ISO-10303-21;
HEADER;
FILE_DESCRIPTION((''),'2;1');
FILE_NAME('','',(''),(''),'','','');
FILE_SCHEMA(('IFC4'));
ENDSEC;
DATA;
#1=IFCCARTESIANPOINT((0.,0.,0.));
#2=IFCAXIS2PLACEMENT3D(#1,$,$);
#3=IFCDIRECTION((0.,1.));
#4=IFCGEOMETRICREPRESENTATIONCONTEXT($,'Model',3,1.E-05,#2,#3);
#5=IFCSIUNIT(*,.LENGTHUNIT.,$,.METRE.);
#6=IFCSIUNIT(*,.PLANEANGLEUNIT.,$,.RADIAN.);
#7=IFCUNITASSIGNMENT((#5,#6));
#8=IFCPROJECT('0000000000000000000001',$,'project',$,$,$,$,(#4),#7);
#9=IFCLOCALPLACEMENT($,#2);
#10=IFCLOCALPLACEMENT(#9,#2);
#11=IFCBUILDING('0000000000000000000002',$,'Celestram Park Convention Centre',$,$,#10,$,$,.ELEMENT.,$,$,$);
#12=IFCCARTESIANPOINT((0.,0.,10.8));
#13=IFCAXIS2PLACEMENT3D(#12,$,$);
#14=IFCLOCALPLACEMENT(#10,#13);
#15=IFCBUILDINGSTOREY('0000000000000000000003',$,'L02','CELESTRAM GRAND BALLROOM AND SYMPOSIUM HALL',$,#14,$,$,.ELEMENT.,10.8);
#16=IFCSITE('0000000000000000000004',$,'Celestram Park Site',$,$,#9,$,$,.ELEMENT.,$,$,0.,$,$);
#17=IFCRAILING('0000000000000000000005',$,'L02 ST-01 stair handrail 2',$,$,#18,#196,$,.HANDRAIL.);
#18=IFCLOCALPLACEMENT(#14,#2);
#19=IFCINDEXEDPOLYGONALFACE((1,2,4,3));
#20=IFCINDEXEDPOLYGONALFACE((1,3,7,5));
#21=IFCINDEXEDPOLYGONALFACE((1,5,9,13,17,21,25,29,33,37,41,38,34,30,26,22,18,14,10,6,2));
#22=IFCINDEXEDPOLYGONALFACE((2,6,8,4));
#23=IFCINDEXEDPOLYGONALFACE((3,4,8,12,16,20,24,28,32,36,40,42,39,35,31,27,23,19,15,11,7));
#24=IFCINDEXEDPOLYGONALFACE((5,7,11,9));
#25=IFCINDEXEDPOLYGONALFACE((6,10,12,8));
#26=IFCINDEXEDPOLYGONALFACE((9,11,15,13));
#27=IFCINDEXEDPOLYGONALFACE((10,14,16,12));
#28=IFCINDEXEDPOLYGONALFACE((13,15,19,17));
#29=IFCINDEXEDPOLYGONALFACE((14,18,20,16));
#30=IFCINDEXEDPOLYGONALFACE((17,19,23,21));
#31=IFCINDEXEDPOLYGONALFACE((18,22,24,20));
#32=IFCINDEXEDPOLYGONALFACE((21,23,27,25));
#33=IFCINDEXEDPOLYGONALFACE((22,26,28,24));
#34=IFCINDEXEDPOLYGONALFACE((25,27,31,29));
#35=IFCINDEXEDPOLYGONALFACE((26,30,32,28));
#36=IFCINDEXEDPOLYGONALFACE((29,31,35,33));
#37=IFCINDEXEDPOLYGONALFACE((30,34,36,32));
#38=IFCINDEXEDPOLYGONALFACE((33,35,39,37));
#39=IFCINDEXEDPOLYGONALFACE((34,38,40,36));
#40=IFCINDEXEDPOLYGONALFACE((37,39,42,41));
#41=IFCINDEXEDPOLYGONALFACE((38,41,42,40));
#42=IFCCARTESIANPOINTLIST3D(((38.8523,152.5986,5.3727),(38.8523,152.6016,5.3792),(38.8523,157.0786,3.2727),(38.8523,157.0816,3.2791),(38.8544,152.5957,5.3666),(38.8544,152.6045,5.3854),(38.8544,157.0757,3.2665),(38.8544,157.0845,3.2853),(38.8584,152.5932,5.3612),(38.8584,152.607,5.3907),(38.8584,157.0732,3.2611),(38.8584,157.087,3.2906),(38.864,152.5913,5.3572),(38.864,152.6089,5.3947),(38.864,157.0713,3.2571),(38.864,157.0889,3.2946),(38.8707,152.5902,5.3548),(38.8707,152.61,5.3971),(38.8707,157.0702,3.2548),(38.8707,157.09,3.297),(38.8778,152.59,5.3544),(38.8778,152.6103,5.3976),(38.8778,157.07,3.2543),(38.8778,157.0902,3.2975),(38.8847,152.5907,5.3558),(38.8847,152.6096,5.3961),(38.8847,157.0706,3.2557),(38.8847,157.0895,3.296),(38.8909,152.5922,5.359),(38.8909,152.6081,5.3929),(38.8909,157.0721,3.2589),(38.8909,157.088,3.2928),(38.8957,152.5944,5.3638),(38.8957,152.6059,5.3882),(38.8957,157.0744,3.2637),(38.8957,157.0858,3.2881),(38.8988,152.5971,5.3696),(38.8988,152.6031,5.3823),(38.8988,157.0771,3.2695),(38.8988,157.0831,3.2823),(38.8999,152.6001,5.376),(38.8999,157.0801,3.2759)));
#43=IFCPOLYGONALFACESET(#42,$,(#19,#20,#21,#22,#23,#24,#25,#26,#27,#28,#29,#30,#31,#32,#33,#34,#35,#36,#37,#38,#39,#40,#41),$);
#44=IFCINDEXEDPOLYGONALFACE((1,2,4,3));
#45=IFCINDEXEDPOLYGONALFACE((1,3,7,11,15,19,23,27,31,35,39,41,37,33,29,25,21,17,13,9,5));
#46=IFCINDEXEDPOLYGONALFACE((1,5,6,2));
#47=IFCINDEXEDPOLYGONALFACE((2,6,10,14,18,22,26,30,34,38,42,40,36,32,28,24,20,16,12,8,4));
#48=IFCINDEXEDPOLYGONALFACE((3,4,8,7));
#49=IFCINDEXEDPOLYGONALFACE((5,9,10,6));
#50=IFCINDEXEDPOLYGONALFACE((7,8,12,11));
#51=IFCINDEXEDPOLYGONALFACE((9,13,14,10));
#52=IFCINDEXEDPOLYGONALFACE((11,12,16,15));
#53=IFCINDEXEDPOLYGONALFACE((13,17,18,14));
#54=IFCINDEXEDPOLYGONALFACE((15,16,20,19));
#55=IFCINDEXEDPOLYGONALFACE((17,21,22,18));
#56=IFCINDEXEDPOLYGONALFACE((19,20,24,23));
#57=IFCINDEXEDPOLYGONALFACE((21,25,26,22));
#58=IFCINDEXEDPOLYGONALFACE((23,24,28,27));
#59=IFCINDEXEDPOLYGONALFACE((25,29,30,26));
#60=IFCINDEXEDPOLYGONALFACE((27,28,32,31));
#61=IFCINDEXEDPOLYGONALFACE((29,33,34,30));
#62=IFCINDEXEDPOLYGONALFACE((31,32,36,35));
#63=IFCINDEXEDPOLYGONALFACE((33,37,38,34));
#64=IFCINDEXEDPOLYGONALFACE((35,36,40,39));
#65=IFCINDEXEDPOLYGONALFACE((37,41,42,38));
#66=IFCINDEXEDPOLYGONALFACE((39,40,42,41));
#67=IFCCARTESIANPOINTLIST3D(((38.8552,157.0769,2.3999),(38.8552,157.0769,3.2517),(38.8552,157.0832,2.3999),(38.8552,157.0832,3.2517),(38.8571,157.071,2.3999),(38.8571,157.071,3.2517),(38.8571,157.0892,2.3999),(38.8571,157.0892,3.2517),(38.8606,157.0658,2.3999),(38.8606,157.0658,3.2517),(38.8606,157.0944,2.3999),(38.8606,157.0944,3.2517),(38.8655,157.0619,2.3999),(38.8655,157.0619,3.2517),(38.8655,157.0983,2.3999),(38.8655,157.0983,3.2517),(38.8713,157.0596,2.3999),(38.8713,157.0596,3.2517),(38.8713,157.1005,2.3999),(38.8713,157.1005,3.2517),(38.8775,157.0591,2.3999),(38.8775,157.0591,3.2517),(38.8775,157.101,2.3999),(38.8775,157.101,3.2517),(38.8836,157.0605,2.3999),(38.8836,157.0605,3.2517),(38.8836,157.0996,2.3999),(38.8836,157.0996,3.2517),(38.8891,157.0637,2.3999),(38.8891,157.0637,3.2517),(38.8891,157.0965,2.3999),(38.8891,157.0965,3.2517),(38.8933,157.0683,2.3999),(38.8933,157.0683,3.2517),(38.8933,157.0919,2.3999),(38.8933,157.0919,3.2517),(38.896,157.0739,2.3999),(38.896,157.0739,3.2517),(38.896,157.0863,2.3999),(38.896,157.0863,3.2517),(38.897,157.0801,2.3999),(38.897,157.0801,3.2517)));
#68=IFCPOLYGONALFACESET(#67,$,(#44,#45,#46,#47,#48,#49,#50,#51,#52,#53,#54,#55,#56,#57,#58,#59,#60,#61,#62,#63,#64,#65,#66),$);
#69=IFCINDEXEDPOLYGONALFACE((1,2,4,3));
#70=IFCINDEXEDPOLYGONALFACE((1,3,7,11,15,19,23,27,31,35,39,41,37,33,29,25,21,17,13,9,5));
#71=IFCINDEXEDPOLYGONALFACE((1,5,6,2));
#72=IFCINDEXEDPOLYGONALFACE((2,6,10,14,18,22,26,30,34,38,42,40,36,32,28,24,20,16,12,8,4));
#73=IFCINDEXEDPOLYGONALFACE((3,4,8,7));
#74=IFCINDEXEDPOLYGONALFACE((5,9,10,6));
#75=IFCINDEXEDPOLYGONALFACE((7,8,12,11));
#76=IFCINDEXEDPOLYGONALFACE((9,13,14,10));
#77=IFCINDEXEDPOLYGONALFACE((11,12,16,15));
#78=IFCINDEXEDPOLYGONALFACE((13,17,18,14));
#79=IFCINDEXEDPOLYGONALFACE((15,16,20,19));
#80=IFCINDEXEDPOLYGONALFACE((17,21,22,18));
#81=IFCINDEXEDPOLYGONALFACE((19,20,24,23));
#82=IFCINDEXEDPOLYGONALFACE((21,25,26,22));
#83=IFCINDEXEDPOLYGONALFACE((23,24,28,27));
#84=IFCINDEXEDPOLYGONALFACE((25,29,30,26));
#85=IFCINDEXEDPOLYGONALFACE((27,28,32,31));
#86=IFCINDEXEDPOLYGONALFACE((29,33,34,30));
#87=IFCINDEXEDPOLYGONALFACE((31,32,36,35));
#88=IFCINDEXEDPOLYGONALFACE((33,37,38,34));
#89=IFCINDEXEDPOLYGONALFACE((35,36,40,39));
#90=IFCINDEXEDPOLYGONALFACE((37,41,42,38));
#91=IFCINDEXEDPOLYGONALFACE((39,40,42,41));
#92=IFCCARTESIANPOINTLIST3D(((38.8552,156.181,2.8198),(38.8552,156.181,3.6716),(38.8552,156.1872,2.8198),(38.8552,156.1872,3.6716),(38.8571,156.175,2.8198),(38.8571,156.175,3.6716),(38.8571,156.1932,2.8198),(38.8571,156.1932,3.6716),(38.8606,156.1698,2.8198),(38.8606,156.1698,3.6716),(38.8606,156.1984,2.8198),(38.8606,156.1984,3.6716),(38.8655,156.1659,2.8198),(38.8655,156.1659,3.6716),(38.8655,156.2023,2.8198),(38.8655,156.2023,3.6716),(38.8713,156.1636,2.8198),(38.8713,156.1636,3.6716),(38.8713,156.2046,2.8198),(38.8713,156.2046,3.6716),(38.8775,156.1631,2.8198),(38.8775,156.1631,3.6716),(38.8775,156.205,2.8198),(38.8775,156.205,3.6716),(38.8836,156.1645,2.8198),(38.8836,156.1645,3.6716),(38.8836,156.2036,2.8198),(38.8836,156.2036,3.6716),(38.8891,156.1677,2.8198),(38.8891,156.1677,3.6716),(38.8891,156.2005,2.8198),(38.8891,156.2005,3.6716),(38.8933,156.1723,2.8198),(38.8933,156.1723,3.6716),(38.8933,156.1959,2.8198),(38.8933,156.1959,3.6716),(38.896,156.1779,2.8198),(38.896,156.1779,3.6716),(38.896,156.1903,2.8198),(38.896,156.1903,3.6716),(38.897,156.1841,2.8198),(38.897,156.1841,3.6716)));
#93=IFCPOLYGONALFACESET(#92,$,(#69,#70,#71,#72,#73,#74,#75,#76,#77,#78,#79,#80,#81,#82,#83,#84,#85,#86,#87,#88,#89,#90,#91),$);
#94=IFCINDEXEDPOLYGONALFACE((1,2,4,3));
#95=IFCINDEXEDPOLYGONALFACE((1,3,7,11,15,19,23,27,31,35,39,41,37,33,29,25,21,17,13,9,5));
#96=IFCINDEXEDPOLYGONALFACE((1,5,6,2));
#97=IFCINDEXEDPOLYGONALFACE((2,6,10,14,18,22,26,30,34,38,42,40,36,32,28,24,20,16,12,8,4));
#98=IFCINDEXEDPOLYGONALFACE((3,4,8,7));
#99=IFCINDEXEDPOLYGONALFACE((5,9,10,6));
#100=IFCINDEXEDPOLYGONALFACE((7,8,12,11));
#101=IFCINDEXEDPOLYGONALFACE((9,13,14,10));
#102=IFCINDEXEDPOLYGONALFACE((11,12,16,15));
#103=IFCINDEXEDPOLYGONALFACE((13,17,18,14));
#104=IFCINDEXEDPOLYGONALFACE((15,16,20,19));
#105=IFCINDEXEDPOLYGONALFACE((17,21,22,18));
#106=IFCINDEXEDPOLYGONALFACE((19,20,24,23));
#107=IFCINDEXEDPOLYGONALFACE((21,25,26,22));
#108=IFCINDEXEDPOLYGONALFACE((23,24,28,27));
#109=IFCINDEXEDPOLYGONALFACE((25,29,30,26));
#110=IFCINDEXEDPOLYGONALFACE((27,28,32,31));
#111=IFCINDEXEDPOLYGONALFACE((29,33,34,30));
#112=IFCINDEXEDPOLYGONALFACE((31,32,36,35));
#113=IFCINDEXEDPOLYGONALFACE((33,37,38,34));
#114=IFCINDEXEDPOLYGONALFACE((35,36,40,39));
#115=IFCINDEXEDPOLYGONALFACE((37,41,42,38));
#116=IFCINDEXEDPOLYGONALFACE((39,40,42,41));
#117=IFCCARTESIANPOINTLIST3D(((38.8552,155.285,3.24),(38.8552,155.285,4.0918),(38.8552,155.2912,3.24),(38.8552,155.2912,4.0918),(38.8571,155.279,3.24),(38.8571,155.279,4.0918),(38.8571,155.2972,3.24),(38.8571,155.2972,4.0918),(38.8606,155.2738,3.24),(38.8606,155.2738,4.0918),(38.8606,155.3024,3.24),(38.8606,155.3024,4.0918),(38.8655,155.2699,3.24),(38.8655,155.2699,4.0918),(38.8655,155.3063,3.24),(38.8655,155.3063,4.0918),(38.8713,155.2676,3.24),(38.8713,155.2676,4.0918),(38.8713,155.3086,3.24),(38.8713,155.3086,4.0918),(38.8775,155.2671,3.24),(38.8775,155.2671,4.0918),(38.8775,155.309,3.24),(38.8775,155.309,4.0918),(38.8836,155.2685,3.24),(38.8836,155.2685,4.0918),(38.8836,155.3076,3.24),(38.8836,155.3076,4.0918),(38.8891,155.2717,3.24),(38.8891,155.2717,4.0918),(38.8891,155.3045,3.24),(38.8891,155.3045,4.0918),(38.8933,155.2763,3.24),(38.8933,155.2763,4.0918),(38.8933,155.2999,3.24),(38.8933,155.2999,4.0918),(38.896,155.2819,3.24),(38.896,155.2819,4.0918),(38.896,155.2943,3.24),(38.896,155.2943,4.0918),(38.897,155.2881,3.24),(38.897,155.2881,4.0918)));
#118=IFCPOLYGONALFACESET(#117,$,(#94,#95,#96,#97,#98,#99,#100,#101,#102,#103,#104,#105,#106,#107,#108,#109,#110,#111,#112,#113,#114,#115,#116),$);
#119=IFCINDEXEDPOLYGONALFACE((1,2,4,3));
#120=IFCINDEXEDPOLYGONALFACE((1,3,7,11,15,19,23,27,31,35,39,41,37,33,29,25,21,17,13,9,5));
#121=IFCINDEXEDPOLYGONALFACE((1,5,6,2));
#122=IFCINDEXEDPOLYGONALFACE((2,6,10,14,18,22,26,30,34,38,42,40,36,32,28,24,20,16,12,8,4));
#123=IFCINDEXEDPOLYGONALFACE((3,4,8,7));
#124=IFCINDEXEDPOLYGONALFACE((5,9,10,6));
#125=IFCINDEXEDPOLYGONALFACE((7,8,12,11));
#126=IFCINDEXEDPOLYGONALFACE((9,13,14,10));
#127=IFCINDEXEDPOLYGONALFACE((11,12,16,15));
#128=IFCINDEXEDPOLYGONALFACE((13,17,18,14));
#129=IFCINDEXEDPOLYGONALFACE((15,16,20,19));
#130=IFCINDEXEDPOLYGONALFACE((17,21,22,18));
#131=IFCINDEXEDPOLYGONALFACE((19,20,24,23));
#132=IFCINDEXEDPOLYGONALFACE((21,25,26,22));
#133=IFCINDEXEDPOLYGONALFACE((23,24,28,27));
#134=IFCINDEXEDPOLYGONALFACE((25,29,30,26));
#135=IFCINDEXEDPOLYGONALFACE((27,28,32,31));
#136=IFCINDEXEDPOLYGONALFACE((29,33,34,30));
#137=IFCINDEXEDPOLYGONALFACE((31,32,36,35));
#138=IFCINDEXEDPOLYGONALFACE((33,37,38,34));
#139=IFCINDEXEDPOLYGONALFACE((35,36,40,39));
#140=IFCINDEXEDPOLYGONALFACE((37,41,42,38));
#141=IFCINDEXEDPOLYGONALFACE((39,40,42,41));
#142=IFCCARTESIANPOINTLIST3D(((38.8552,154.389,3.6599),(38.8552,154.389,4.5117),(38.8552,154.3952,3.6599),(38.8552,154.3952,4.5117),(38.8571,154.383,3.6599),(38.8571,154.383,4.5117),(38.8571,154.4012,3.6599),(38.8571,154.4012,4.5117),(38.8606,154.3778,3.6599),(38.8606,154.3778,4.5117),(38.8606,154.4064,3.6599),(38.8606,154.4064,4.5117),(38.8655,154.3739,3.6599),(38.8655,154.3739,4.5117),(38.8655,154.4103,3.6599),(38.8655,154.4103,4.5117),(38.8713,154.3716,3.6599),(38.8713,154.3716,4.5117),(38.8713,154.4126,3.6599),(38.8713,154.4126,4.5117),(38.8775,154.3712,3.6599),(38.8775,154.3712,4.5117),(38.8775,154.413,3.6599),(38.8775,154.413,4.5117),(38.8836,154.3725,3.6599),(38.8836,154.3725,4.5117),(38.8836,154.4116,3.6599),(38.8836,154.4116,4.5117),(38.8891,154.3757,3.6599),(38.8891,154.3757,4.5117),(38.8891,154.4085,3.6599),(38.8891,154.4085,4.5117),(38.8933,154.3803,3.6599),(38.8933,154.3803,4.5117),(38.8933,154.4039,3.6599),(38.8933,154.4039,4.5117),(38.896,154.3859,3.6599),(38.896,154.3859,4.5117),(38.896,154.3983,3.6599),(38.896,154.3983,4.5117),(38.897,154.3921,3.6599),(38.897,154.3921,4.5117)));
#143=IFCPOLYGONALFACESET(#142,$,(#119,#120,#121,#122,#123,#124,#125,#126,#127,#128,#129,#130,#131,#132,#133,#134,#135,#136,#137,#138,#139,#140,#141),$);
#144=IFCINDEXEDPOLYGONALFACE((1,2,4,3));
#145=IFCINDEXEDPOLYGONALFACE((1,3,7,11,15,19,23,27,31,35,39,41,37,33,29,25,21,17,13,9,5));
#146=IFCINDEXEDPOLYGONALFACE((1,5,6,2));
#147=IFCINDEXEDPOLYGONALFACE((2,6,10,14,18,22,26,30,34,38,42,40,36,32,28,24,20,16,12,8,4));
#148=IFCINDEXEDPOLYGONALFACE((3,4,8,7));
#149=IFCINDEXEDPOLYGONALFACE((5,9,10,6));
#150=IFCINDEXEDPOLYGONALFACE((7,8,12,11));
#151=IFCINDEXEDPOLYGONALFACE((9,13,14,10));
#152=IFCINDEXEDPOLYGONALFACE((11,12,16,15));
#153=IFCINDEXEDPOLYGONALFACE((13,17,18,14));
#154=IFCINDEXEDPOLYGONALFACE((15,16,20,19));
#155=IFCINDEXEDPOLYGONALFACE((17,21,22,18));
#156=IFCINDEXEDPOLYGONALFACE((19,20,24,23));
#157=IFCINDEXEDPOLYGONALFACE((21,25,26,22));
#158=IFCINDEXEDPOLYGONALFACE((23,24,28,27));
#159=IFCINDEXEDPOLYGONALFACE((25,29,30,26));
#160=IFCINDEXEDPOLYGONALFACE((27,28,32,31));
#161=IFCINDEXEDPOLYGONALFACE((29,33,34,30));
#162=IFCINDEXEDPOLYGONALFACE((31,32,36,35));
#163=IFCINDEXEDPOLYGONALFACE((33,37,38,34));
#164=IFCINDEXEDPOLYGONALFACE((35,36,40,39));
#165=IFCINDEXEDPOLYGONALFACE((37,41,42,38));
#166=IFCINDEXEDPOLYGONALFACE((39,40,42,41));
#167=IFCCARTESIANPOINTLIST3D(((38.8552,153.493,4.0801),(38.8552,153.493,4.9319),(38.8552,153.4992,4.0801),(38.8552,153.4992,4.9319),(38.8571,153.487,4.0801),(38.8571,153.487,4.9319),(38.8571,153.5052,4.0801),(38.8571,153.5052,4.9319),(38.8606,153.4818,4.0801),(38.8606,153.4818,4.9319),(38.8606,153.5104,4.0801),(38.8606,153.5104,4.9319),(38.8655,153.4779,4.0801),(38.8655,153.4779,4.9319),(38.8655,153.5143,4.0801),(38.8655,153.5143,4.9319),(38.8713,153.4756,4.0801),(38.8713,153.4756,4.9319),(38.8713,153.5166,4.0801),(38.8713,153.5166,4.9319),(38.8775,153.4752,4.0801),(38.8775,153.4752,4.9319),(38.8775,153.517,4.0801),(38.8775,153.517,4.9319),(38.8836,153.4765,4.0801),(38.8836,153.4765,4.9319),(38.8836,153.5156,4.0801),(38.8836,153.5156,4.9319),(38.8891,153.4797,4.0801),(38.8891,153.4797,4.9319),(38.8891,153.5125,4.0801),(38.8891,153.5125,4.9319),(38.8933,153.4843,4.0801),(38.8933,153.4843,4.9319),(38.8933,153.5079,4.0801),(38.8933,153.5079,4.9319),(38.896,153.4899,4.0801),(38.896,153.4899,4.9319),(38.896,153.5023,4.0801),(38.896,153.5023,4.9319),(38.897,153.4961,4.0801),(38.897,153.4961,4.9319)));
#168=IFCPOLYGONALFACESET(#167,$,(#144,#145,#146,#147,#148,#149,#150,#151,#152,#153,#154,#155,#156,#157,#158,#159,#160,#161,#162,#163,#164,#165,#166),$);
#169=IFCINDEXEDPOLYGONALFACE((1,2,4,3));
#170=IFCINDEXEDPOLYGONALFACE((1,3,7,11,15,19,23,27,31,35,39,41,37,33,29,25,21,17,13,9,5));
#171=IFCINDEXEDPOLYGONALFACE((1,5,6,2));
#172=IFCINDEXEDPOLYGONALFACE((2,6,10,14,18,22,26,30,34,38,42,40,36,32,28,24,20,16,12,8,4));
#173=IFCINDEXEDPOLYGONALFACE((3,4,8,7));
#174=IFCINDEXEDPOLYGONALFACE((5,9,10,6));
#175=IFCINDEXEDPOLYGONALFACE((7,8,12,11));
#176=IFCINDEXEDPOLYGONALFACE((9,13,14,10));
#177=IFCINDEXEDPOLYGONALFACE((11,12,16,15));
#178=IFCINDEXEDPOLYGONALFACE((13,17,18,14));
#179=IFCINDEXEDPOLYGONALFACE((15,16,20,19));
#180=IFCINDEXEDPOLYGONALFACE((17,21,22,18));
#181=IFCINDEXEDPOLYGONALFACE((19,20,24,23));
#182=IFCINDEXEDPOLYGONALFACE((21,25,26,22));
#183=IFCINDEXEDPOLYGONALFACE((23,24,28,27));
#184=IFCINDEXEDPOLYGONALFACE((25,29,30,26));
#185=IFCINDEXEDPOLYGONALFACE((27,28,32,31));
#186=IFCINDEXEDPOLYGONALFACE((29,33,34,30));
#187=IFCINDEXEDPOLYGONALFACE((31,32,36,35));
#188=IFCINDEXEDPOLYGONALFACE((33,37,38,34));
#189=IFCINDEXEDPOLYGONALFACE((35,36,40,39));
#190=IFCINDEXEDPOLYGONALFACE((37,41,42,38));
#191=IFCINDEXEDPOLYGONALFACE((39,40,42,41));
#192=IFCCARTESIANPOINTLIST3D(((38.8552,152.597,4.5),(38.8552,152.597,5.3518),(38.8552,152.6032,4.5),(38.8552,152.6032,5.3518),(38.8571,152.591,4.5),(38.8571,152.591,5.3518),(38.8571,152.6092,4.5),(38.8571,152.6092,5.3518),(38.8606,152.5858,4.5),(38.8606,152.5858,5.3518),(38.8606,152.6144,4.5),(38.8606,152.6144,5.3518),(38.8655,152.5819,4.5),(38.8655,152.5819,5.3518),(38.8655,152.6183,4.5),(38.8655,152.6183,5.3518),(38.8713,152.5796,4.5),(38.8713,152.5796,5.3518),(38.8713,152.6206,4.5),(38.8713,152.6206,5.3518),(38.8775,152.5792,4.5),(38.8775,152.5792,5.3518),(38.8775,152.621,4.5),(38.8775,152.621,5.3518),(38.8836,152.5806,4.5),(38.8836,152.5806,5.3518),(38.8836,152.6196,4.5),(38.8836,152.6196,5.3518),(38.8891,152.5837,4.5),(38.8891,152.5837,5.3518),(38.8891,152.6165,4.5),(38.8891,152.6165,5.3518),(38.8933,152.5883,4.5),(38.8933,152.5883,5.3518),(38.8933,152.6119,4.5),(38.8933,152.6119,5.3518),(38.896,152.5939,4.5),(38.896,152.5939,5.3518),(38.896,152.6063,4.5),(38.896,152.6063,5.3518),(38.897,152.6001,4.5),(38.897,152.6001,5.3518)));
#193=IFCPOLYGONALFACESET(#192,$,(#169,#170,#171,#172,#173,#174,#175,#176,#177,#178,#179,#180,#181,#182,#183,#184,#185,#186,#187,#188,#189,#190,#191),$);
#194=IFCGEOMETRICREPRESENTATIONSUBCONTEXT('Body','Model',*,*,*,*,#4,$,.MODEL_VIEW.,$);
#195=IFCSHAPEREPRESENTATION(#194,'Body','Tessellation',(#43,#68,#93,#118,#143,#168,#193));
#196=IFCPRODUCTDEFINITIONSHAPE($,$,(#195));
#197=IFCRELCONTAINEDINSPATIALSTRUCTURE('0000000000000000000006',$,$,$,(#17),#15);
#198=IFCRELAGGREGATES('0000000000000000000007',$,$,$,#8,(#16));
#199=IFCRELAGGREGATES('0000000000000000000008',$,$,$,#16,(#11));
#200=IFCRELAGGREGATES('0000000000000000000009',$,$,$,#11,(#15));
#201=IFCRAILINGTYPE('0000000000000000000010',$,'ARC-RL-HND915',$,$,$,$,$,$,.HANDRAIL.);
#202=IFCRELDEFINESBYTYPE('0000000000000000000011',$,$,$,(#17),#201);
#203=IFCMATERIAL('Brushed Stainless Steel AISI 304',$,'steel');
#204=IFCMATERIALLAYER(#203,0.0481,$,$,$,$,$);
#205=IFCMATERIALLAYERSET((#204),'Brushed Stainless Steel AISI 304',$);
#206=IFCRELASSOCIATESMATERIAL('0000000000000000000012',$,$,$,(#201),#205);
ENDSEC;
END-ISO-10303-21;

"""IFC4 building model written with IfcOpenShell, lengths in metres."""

from ifc_helpers import new_model, si_unit, direction, frame, origin, origin_2d, place, context, subcontext, project, spatial, circle, extrude, material, layer, layer_set, type_object, element, save


model = new_model("IFC4")

# Units and contexts
model_context = context("Model", 3, precision=1e-05, world=origin(), true_north=direction((0.0, 1.0)))
body_context = subcontext(model_context, "Body", "Model", "MODEL_VIEW")
ifc_project = project(units=[si_unit("LENGTHUNIT", "METRE"), si_unit("PLANEANGLEUNIT", "RADIAN")], contexts=[model_context])

# Site, building, storey
site_placement = place(None, origin())
site = spatial("IfcSite", under=ifc_project, at=site_placement, Name="Celestram Park Site", CompositionType="ELEMENT", RefElevation=0.0)
building_placement = place(site_placement, origin())
building = spatial("IfcBuilding", under=site, at=building_placement, Name="Celestram Park Convention Centre", CompositionType="ELEMENT")
storey_placement = place(building_placement, frame((0.0, 0.0, 10.8)))
storey = spatial("IfcBuildingStorey", under=building, at=storey_placement, Name="L02", Description="CELESTRAM GRAND BALLROOM AND SYMPOSIUM HALL", CompositionType="ELEMENT", Elevation=10.8)

# Shared definitions
ifc_material_1 = material(Name="Brushed Stainless Steel AISI 304", Category="steel")

# Railing
ifc_layer_1 = layer(ifc_material_1, 0.0481)
ifc_layer_set_1 = layer_set([ifc_layer_1], Name="Brushed Stainless Steel AISI 304")
railing_type_1 = type_object("IfcRailingType", Name="ARC-RL-HND915", PredefinedType="HANDRAIL", material=ifc_layer_set_1)
railing_1_placement = place(storey_placement, frame((38.876, 157.0801, 2.3999)))
element("IfcRailing", 1, at=railing_1_placement, inside=storey, type_object=railing_type_1, Name="L02 ST-01 stair handrail 2", PredefinedType="HANDRAIL", context=body_context, shape_type="SweptSolid", body=[
    extrude(circle(Radius=0.0239, at=origin_2d()), frame((0.0, 0.0, 0.876), z_axis=(0.0, -0.905451, 0.424452), x_axis=(1.0, 0.0, 0.0)), (0.0, 0.0, 1.0), 4.9478),
    extrude(circle(Radius=0.021, at=origin_2d()), origin(), (0.0, 0.0, 1.0), 0.8518),
    extrude(circle(Radius=0.021, at=origin_2d()), frame((0.0, -0.896, 0.4199)), (0.0, 0.0, 1.0), 0.8518),
    extrude(circle(Radius=0.021, at=origin_2d()), frame((0.0, -1.792, 0.8401)), (0.0, 0.0, 1.0), 0.8518),
    extrude(circle(Radius=0.021, at=origin_2d()), frame((0.0, -2.688, 1.26)), (0.0, 0.0, 1.0), 0.8518),
    extrude(circle(Radius=0.021, at=origin_2d()), frame((0.0, -3.584, 1.6802)), (0.0, 0.0, 1.0), 0.8518),
    extrude(circle(Radius=0.021, at=origin_2d()), frame((0.0, -4.48, 2.1001)), (0.0, 0.0, 1.0), 0.8518),
])

save(model, "model.ifc")
